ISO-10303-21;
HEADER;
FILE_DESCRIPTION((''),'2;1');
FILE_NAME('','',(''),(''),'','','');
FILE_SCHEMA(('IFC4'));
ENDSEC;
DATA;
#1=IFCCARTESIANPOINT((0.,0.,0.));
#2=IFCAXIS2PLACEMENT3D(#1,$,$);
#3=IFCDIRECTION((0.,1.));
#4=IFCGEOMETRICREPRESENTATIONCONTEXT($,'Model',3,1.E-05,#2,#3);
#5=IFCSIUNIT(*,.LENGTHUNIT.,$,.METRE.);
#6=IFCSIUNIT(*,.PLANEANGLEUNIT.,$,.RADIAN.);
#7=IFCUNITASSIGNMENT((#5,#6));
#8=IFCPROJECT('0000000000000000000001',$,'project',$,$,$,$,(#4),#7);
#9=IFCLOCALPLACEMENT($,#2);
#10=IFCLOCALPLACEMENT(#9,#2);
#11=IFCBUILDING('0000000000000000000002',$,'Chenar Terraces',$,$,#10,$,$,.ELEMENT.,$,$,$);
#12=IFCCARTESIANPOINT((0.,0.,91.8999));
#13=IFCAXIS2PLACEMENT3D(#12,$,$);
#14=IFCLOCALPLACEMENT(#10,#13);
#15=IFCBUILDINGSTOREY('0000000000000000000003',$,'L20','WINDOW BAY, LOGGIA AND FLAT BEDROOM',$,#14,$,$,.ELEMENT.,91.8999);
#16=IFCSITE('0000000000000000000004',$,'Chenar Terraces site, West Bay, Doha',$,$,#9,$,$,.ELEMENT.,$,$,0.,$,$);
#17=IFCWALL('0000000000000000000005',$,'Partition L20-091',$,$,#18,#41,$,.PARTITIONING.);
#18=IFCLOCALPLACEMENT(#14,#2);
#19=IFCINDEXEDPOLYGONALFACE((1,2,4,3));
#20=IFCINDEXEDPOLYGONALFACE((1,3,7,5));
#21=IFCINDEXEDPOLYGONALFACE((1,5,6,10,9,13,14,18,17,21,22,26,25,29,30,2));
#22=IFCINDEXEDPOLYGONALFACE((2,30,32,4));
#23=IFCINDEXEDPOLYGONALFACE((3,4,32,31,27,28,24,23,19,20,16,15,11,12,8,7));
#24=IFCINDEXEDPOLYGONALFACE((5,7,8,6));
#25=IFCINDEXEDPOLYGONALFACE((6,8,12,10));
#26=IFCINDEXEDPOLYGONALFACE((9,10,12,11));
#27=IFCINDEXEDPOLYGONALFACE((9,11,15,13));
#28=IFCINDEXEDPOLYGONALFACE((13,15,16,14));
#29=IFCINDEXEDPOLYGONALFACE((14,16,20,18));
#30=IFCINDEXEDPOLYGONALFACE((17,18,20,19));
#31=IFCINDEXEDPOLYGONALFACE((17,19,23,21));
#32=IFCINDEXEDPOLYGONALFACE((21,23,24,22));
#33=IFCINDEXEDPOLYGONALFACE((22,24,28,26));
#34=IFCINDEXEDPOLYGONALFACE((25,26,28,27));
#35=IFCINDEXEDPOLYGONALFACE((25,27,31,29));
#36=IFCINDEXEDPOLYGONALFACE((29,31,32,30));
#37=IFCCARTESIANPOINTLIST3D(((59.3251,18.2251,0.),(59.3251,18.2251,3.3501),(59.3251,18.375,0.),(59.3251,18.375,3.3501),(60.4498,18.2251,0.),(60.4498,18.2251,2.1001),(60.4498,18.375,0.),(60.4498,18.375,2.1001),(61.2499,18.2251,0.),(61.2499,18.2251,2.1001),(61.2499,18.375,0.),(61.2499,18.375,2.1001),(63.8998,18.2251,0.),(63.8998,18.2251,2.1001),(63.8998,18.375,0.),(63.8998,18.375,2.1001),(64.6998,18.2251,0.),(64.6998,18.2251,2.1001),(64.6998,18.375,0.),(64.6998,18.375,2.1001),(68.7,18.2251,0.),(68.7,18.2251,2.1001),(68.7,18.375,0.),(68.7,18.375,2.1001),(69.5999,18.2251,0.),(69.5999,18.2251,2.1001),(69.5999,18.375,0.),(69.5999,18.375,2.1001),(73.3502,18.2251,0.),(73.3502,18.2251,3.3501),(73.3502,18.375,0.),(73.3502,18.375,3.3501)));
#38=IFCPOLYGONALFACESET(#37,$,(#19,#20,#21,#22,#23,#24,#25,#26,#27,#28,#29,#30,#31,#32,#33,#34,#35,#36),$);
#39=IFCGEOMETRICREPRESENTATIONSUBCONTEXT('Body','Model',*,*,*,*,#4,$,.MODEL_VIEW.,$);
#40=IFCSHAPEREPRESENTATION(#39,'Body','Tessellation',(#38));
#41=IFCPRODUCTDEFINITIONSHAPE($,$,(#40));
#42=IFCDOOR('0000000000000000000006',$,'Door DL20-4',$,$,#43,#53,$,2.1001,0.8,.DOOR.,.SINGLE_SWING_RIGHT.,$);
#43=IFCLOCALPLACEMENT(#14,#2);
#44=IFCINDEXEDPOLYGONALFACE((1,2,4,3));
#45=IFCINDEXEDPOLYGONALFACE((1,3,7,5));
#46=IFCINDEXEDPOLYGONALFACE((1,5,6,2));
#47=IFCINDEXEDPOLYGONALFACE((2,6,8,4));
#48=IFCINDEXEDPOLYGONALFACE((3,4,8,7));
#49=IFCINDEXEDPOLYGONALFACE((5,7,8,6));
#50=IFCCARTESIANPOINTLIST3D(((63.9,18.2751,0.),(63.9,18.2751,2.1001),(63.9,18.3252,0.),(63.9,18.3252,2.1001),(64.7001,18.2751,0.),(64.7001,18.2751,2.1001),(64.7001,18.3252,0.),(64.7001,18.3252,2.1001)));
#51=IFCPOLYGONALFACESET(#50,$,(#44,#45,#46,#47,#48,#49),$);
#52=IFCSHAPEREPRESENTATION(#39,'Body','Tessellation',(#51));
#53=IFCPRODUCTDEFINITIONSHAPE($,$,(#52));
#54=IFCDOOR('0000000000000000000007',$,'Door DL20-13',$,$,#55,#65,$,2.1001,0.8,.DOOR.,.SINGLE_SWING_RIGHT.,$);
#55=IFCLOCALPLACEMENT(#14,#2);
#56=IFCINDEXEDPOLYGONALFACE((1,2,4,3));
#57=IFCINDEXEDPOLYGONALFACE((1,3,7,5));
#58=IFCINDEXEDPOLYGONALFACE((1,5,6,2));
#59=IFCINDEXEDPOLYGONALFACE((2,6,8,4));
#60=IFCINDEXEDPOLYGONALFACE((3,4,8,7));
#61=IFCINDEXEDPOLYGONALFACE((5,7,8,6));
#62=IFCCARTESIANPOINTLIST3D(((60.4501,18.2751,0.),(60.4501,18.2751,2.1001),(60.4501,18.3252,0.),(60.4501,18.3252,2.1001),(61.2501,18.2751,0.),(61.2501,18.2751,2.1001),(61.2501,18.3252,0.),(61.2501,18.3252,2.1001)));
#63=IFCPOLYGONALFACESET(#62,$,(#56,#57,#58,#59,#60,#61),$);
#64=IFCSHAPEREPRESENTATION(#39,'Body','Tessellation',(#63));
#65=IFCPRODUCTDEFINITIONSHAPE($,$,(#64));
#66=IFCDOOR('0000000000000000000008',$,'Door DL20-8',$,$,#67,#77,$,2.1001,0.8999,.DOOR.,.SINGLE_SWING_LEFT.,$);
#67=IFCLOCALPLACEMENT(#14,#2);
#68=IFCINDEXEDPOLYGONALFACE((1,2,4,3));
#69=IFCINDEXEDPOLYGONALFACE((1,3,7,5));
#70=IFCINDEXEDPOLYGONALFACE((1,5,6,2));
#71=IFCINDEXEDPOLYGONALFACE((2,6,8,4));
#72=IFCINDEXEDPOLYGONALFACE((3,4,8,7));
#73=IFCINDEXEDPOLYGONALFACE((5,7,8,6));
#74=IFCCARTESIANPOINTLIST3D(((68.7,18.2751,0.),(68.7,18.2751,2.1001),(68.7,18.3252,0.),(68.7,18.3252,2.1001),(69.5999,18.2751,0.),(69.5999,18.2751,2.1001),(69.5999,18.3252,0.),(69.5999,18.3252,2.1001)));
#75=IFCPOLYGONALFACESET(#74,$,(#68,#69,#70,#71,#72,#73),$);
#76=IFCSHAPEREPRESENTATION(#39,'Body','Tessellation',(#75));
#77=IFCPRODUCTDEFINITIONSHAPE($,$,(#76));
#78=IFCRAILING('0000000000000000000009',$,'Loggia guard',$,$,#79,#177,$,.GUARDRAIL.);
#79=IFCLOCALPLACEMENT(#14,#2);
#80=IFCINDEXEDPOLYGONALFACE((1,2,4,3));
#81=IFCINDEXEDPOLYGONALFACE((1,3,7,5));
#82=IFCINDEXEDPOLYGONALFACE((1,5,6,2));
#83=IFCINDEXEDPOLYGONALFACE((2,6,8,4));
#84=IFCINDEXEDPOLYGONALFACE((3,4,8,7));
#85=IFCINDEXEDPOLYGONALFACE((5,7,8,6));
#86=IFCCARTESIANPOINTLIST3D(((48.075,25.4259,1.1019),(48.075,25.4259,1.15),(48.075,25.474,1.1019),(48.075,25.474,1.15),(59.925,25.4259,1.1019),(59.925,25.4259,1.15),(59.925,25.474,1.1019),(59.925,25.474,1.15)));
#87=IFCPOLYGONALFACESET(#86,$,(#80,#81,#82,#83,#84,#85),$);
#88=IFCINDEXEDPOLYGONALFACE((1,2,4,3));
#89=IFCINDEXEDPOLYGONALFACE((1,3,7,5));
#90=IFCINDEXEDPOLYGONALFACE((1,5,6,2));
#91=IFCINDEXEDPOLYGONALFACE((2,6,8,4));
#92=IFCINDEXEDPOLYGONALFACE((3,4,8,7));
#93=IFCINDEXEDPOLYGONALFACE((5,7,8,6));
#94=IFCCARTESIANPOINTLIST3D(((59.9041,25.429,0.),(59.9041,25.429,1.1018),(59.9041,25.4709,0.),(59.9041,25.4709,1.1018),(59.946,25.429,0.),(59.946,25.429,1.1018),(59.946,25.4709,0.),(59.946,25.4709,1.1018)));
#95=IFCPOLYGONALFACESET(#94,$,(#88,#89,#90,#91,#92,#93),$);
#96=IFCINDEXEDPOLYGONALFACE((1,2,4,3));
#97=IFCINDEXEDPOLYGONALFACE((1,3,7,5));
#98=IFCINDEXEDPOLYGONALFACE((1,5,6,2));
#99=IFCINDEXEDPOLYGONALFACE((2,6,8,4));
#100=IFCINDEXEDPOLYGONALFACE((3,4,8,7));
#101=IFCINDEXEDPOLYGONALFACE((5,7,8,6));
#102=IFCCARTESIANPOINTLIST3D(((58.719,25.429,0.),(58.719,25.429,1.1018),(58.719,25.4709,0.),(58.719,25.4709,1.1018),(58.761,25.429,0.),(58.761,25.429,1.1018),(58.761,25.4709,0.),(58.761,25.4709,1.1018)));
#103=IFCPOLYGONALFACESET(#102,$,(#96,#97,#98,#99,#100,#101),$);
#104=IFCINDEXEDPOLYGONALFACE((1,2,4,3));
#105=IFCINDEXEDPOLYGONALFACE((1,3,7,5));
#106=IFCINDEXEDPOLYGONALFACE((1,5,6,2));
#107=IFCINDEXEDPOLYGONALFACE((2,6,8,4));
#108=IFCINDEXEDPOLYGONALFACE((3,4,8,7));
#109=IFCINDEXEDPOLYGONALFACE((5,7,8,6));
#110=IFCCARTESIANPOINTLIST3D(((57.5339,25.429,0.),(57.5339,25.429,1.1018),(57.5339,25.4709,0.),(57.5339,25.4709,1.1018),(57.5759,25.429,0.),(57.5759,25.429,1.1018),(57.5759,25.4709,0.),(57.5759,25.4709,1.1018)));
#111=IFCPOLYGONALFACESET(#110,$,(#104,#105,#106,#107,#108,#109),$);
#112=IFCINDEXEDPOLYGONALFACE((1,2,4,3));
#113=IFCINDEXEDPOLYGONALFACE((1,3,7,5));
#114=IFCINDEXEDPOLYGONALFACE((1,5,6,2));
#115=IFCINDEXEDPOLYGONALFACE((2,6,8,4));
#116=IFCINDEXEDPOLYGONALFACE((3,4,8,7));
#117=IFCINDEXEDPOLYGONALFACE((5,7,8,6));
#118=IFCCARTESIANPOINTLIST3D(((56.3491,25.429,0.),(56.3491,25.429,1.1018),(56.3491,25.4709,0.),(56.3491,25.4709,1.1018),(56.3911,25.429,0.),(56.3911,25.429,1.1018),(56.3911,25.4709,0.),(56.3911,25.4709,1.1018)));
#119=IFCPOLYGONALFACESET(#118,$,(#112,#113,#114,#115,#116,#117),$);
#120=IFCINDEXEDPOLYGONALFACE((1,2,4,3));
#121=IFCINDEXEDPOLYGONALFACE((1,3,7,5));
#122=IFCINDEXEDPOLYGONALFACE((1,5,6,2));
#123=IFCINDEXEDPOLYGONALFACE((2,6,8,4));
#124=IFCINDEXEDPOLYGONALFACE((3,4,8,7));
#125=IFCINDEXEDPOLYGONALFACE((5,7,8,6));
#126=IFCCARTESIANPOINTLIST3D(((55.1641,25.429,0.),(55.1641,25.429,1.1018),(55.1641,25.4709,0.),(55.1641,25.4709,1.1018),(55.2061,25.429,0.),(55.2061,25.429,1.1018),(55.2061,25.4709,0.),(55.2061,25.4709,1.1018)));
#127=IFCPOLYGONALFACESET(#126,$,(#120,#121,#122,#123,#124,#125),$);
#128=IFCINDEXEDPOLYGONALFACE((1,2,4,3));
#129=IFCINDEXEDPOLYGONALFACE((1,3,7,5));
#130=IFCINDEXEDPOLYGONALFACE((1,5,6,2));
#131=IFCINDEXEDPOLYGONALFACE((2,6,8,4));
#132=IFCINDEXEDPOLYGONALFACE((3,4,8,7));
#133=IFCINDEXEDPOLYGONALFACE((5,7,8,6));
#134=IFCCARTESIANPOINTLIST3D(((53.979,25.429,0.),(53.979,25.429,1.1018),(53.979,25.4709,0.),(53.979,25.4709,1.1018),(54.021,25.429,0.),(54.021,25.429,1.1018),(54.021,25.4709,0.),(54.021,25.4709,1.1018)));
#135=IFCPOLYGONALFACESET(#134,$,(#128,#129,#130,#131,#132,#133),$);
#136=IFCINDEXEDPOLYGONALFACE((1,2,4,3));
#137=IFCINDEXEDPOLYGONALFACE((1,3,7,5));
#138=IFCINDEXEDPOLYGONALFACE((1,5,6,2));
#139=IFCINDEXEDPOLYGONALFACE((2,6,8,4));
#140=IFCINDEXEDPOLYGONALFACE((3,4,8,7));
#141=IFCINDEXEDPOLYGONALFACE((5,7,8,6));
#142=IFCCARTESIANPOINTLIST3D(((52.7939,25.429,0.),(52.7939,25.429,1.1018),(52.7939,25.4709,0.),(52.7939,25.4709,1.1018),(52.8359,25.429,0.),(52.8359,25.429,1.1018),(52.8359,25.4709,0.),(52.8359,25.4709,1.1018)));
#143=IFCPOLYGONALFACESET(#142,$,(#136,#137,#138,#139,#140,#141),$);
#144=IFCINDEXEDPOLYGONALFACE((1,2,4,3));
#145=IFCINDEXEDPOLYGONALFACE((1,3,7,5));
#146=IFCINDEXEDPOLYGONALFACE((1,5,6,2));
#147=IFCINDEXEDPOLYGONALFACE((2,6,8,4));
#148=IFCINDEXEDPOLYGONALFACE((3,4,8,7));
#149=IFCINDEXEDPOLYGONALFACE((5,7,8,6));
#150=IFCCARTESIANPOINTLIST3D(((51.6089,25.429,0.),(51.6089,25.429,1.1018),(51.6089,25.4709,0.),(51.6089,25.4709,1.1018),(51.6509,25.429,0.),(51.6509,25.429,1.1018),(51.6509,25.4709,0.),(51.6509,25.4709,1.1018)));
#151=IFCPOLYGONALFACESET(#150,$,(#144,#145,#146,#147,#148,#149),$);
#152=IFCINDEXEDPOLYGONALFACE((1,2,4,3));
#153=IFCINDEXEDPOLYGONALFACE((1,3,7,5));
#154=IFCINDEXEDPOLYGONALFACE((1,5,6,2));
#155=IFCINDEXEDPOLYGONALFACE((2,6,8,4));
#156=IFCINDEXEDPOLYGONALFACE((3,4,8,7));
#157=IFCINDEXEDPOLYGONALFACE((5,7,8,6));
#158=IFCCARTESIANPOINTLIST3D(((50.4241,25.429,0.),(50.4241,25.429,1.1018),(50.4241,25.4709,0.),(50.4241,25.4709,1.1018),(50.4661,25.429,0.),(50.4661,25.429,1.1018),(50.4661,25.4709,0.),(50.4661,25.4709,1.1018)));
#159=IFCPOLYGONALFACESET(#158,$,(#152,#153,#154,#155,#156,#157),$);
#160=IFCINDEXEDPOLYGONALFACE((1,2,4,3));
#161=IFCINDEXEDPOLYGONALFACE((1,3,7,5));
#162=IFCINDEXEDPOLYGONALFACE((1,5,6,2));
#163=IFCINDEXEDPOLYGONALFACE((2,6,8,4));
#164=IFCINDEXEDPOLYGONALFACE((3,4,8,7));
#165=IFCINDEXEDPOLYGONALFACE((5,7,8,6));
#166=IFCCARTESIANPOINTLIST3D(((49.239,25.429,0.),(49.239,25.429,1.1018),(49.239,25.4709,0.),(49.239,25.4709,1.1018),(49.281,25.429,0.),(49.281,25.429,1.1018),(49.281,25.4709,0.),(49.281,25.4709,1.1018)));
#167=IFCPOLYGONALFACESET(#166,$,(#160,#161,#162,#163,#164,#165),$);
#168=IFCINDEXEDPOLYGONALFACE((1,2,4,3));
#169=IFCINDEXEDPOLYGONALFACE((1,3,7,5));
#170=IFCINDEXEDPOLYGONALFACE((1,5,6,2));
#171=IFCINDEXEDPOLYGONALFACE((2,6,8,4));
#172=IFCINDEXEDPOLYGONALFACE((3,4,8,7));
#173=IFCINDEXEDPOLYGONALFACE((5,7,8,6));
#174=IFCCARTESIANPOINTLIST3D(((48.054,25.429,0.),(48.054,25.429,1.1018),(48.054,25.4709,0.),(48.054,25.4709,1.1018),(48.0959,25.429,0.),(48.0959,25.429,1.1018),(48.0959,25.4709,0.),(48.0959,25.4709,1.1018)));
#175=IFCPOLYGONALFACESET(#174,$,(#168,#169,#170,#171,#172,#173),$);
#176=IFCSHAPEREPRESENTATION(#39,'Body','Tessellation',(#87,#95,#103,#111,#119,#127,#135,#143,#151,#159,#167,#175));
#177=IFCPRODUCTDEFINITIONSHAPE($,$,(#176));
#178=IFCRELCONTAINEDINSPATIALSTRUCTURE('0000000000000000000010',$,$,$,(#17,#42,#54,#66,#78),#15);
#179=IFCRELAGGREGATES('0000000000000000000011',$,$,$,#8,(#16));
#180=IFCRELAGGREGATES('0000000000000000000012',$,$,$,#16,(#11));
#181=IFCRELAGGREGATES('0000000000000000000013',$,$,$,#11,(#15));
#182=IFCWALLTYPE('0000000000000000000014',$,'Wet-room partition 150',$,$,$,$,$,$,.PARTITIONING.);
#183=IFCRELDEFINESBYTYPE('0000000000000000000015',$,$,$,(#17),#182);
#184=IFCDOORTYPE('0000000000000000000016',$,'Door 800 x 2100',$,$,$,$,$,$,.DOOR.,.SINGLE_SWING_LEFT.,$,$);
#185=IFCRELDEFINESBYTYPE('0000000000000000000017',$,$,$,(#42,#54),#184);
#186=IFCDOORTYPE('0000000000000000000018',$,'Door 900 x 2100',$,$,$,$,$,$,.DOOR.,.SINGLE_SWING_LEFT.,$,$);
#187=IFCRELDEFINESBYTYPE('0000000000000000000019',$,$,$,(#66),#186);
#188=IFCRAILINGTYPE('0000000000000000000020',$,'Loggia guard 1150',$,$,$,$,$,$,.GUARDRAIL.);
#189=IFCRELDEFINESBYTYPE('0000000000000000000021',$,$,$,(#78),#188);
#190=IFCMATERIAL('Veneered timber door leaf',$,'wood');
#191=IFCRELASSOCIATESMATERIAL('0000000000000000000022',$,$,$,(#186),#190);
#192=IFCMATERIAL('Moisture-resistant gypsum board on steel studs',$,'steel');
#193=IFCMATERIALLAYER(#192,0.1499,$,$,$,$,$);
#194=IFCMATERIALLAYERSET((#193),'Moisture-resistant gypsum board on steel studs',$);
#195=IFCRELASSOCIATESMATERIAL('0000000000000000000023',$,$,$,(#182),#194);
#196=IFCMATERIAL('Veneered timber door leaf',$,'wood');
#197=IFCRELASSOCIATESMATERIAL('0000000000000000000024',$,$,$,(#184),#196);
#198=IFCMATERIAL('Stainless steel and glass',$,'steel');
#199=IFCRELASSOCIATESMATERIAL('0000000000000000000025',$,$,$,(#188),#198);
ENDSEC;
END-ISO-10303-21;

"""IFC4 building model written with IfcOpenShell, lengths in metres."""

from ifc_helpers import new_model, si_unit, direction, frame, frame_2d, origin, origin_2d, place, context, subcontext, project, spatial, rectangle, extrude, material, layer, layer_set, type_object, element, fill, save


model = new_model("IFC4")

# Units and contexts
model_context = context("Model", 3, precision=1e-05, world=origin(), true_north=direction((0.0, 1.0)))
body_context = subcontext(model_context, "Body", "Model", "MODEL_VIEW")
ifc_project = project(units=[si_unit("LENGTHUNIT", "METRE"), si_unit("PLANEANGLEUNIT", "RADIAN")], contexts=[model_context])

# Site, building, storey
site_placement = place(None, origin())
site = spatial("IfcSite", under=ifc_project, at=site_placement, Name="Chenar Terraces site, West Bay, Doha", CompositionType="ELEMENT", RefElevation=0.0)
building_placement = place(site_placement, origin())
building = spatial("IfcBuilding", under=site, at=building_placement, Name="Chenar Terraces", CompositionType="ELEMENT")
storey_placement = place(building_placement, frame((0.0, 0.0, 91.8999)))
storey = spatial("IfcBuildingStorey", under=building, at=storey_placement, Name="L20", Description="WINDOW BAY, LOGGIA AND FLAT BEDROOM", CompositionType="ELEMENT", Elevation=91.8999)

# Shared definitions
ifc_material_1 = material(Name="Veneered timber door leaf", Category="wood")
door_type_1 = type_object("IfcDoorType", Name="Door 900 x 2100", OperationType="SINGLE_SWING_LEFT", PredefinedType="DOOR", material=ifc_material_1)

# Wall, openings, doors
ifc_material_2 = material(Name="Moisture-resistant gypsum board on steel studs", Category="steel")
ifc_layer_1 = layer(ifc_material_2, 0.1499)
ifc_layer_set_1 = layer_set([ifc_layer_1], Name="Moisture-resistant gypsum board on steel studs")
wall_type_1 = type_object("IfcWallType", Name="Wet-room partition 150", PredefinedType="PARTITIONING", material=ifc_layer_set_1)
wall_1_placement = place(storey_placement, frame((59.325, 18.3, 0.0), z_axis=(0.0, 0.0, 1.0), x_axis=(1.0, 0.0, 0.0)))
wall_1 = element("IfcWall", 1, at=wall_1_placement, inside=storey, type_object=wall_type_1, Name="Partition L20-091", PredefinedType="PARTITIONING", context=body_context, shape_type="SweptSolid", body=[
    extrude(rectangle(XDim=14.0251, YDim=0.1499, at=frame_2d((7.0127, 0.0))), origin(), (0.0, 0.0, 1.0), 3.3501),
])
opening_1_placement = place(wall_1_placement, frame((4.575, 0.0, 0.0)))
opening_1 = element("IfcOpeningElement", 2, at=opening_1_placement, cuts=wall_1, PredefinedType="OPENING", context=body_context, shape_type="SweptSolid", body=[
    extrude(rectangle(XDim=0.8, YDim=2.1001, at=frame_2d((0.3999, 1.05))), frame((0.0, 0.085, 0.0), z_axis=(0.0, -1.0, 0.0), x_axis=(1.0, 0.0, 0.0)), (0.0, 0.0, 1.0), 0.1699),
])
opening_2_placement = place(wall_1_placement, frame((9.375, 0.0, 0.0)))
opening_2 = element("IfcOpeningElement", 3, at=opening_2_placement, cuts=wall_1, PredefinedType="OPENING", context=body_context, shape_type="SweptSolid", body=[
    extrude(rectangle(XDim=0.8999, YDim=2.1001, at=frame_2d((0.45, 1.05))), frame((0.0, 0.085, 0.0), z_axis=(0.0, -1.0, 0.0), x_axis=(1.0, 0.0, 0.0)), (0.0, 0.0, 1.0), 0.1699),
])
opening_3_placement = place(wall_1_placement, frame((1.125, 0.0, 0.0)))
opening_3 = element("IfcOpeningElement", 4, at=opening_3_placement, cuts=wall_1, PredefinedType="OPENING", context=body_context, shape_type="SweptSolid", body=[
    extrude(rectangle(XDim=0.8, YDim=2.1001, at=frame_2d((0.3999, 1.05))), frame((0.0, 0.085, 0.0), z_axis=(0.0, -1.0, 0.0), x_axis=(1.0, 0.0, 0.0)), (0.0, 0.0, 1.0), 0.1699),
])
ifc_material_3 = material(Name="Veneered timber door leaf", Category="wood")
door_type_2 = type_object("IfcDoorType", Name="Door 800 x 2100", OperationType="SINGLE_SWING_LEFT", PredefinedType="DOOR", material=ifc_material_3)
door_1_placement = place(opening_1_placement, frame((0.8, 0.0, 0.0), z_axis=(0.0, 0.0, 1.0), x_axis=(-1.0, 0.0, 0.0)))
door_1 = element("IfcDoor", 5, at=door_1_placement, inside=storey, type_object=door_type_2, Name="Door DL20-4", OperationType="SINGLE_SWING_RIGHT", OverallHeight=2.1001, OverallWidth=0.8, PredefinedType="DOOR", context=body_context, shape_type="SweptSolid", body=[
    extrude(rectangle(XDim=0.8, YDim=2.1001, at=frame_2d((0.3999, 1.05))), frame((0.0, 0.0249, 0.0), z_axis=(0.0, -1.0, 0.0), x_axis=(1.0, 0.0, 0.0)), (0.0, 0.0, 1.0), 0.05),
])
fill(opening_1, door_1)
door_2_placement = place(opening_3_placement, frame((0.8, 0.0, 0.0), z_axis=(0.0, 0.0, 1.0), x_axis=(-1.0, 0.0, 0.0)))
door_2 = element("IfcDoor", 6, at=door_2_placement, inside=storey, type_object=door_type_2, Name="Door DL20-13", OperationType="SINGLE_SWING_RIGHT", OverallHeight=2.1001, OverallWidth=0.8, PredefinedType="DOOR", context=body_context, shape_type="SweptSolid", body=[
    extrude(rectangle(XDim=0.8, YDim=2.1001, at=frame_2d((0.3999, 1.05))), frame((0.0, 0.0249, 0.0), z_axis=(0.0, -1.0, 0.0), x_axis=(1.0, 0.0, 0.0)), (0.0, 0.0, 1.0), 0.05),
])
fill(opening_3, door_2)
door_3_placement = place(opening_2_placement, frame((0.8999, 0.0, 0.0), z_axis=(0.0, 0.0, 1.0), x_axis=(-1.0, 0.0, 0.0)))
door_3 = element("IfcDoor", 7, at=door_3_placement, inside=storey, type_object=door_type_1, Name="Door DL20-8", OperationType="SINGLE_SWING_LEFT", OverallHeight=2.1001, OverallWidth=0.8999, PredefinedType="DOOR", context=body_context, shape_type="SweptSolid", body=[
    extrude(rectangle(XDim=0.8999, YDim=2.1001, at=frame_2d((0.45, 1.05))), frame((0.0, 0.0249, 0.0), z_axis=(0.0, -1.0, 0.0), x_axis=(1.0, 0.0, 0.0)), (0.0, 0.0, 1.0), 0.05),
])
fill(opening_2, door_3)

# Railing
ifc_material_4 = material(Name="Stainless steel and glass", Category="steel")
railing_type_1 = type_object("IfcRailingType", Name="Loggia guard 1150", PredefinedType="GUARDRAIL", material=ifc_material_4)
railing_1_placement = place(storey_placement, frame((59.925, 25.45, 0.0)))
element("IfcRailing", 8, at=railing_1_placement, inside=storey, type_object=railing_type_1, Name="Loggia guard", PredefinedType="GUARDRAIL", context=body_context, shape_type="SweptSolid", body=[
    extrude(rectangle(XDim=0.0481, YDim=0.0481, at=origin_2d()), frame((0.0, 0.0, 1.126), z_axis=(-1.0, 0.0, 0.0), x_axis=(0.0, -1.0, 0.0)), (0.0, 0.0, 1.0), 11.8501),
    extrude(rectangle(XDim=0.042, YDim=0.042, at=origin_2d()), origin(), (0.0, 0.0, 1.0), 1.1018),
    extrude(rectangle(XDim=0.042, YDim=0.042, at=origin_2d()), frame((-1.1851, 0.0, 0.0)), (0.0, 0.0, 1.0), 1.1018),
    extrude(rectangle(XDim=0.042, YDim=0.042, at=origin_2d()), frame((-2.3701, 0.0, 0.0)), (0.0, 0.0, 1.0), 1.1018),
    extrude(rectangle(XDim=0.042, YDim=0.042, at=origin_2d()), frame((-3.5549, 0.0, 0.0)), (0.0, 0.0, 1.0), 1.1018),
    extrude(rectangle(XDim=0.042, YDim=0.042, at=origin_2d()), frame((-4.74, 0.0, 0.0)), (0.0, 0.0, 1.0), 1.1018),
    extrude(rectangle(XDim=0.042, YDim=0.042, at=origin_2d()), frame((-5.925, 0.0, 0.0)), (0.0, 0.0, 1.0), 1.1018),
    extrude(rectangle(XDim=0.042, YDim=0.042, at=origin_2d()), frame((-7.1101, 0.0, 0.0)), (0.0, 0.0, 1.0), 1.1018),
    extrude(rectangle(XDim=0.042, YDim=0.042, at=origin_2d()), frame((-8.2952, 0.0, 0.0)), (0.0, 0.0, 1.0), 1.1018),
    extrude(rectangle(XDim=0.042, YDim=0.042, at=origin_2d()), frame((-9.48, 0.0, 0.0)), (0.0, 0.0, 1.0), 1.1018),
    extrude(rectangle(XDim=0.042, YDim=0.042, at=origin_2d()), frame((-10.665, 0.0, 0.0)), (0.0, 0.0, 1.0), 1.1018),
    extrude(rectangle(XDim=0.042, YDim=0.042, at=origin_2d()), frame((-11.8501, 0.0, 0.0)), (0.0, 0.0, 1.0), 1.1018),
])

save(model, "model.ifc")
